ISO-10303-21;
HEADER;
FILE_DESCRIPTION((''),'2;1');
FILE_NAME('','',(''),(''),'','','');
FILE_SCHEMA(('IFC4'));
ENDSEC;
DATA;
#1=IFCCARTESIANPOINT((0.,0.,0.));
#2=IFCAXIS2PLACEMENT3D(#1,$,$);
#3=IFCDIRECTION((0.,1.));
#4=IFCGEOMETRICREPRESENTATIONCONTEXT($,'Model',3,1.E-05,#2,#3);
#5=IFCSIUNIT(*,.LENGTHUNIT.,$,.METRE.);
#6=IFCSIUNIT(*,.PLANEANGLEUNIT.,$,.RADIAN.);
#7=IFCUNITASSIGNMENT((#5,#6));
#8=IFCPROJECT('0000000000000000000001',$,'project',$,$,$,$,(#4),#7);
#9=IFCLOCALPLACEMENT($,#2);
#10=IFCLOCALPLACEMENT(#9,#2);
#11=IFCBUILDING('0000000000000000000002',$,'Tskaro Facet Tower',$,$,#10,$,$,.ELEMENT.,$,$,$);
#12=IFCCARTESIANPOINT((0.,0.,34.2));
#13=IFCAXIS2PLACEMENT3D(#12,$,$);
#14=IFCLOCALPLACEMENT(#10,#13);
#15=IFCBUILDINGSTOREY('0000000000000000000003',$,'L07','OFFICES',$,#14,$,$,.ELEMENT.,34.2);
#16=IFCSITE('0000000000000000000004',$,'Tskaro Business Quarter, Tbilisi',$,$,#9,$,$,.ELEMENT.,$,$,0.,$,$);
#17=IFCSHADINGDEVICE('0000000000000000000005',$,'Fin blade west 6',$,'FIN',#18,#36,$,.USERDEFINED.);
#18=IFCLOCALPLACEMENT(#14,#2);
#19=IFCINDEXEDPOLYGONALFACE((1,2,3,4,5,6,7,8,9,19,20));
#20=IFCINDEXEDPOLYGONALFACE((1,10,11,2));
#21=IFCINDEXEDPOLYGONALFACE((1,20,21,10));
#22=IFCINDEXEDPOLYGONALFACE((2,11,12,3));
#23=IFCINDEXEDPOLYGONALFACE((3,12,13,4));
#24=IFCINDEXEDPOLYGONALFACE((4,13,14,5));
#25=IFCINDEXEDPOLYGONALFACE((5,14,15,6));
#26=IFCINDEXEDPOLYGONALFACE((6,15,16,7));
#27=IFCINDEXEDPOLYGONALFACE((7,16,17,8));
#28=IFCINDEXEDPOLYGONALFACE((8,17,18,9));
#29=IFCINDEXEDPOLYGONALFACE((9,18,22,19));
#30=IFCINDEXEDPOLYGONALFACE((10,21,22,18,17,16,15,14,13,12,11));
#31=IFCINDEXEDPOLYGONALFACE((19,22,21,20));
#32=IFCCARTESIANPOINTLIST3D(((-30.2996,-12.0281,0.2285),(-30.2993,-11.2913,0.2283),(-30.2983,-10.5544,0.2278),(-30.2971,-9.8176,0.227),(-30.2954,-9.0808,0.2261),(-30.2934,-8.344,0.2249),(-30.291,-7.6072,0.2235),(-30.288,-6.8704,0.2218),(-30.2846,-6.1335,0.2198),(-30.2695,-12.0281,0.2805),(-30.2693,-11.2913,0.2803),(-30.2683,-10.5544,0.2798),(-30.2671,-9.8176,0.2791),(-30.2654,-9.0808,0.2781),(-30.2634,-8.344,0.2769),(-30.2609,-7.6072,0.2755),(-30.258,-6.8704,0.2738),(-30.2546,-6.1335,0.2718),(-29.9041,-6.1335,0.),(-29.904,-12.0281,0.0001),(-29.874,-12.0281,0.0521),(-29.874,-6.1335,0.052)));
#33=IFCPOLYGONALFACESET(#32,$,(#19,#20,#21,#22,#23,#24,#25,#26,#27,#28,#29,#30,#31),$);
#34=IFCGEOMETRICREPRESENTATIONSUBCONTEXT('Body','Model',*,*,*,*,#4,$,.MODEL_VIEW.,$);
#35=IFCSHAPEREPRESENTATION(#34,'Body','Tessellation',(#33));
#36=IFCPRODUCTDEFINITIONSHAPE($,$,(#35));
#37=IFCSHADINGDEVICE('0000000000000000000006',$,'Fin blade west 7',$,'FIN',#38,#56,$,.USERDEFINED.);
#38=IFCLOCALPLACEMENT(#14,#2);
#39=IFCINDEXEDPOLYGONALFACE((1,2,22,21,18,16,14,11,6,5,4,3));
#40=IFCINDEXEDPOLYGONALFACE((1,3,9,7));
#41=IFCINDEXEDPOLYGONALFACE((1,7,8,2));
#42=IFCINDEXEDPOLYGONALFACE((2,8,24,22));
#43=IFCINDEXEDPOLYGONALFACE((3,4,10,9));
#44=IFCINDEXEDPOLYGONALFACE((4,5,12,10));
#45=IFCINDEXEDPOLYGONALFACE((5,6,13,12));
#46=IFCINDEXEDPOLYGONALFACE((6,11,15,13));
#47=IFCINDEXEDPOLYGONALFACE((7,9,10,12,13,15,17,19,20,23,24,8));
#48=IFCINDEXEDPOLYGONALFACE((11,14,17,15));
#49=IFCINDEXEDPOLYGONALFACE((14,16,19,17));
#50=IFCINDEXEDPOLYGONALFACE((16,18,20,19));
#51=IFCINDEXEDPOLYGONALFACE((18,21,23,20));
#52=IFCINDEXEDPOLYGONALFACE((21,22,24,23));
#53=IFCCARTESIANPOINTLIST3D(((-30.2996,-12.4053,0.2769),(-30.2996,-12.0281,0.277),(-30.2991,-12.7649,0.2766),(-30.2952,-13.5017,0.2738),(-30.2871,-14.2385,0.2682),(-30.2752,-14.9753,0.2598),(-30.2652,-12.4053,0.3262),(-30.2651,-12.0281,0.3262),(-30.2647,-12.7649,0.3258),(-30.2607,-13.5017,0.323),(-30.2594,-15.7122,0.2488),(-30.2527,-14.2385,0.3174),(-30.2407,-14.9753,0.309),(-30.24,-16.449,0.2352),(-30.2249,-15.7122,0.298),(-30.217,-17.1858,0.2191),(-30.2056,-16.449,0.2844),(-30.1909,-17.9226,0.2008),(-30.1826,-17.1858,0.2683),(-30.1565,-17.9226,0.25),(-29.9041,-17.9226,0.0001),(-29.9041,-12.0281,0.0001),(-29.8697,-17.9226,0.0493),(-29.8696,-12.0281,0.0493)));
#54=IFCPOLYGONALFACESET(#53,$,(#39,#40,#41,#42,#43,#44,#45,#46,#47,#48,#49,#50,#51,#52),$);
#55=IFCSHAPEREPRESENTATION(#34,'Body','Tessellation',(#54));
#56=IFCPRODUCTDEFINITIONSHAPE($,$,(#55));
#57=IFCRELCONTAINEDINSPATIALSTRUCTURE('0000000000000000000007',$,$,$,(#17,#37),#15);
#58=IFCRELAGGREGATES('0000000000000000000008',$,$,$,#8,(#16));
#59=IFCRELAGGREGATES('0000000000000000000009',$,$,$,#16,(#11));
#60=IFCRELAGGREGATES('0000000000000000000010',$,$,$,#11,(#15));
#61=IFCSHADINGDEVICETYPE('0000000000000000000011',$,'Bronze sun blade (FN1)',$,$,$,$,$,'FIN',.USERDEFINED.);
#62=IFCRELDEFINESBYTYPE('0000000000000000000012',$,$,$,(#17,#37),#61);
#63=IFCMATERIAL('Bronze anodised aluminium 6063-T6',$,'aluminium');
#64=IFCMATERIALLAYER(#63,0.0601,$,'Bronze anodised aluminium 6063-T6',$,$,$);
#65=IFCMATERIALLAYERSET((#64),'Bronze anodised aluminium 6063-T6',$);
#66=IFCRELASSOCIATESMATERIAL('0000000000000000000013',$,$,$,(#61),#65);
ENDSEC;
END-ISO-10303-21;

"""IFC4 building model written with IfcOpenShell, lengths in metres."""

from ifc_helpers import new_model, si_unit, direction, frame, origin, place, context, subcontext, project, spatial, polyline, outline, extrude, material, layer, layer_set, type_object, element, save


model = new_model("IFC4")

# Units and contexts
model_context = context("Model", 3, precision=1e-05, world=origin(), true_north=direction((0.0, 1.0)))
body_context = subcontext(model_context, "Body", "Model", "MODEL_VIEW")
ifc_project = project(units=[si_unit("LENGTHUNIT", "METRE"), si_unit("PLANEANGLEUNIT", "RADIAN")], contexts=[model_context])

# Site, building, storey
site_placement = place(None, origin())
site = spatial("IfcSite", under=ifc_project, at=site_placement, Name="Tskaro Business Quarter, Tbilisi", CompositionType="ELEMENT", RefElevation=0.0)
building_placement = place(site_placement, origin())
building = spatial("IfcBuilding", under=site, at=building_placement, Name="Tskaro Facet Tower", CompositionType="ELEMENT")
storey_placement = place(building_placement, frame((0.0, 0.0, 34.2)))
storey = spatial("IfcBuildingStorey", under=building, at=storey_placement, Name="L07", Description="OFFICES", CompositionType="ELEMENT", Elevation=34.2)

# Shared definitions
ifc_material_1 = material(Name="Bronze anodised aluminium 6063-T6", Category="aluminium")

# Shading devices
ifc_layer_1 = layer(ifc_material_1, 0.0601, Name="Bronze anodised aluminium 6063-T6")
ifc_layer_set_1 = layer_set([ifc_layer_1], Name="Bronze anodised aluminium 6063-T6")
shading_device_type = type_object("IfcShadingDeviceType", Name="Bronze sun blade (FN1)", ElementType="FIN", PredefinedType="USERDEFINED", material=ifc_layer_set_1)
shading_device_1_placement = place(storey_placement, frame((-29.874, -6.1335, 0.052), z_axis=(0.5001, 0.000014, 0.865967), x_axis=(0.000007, -1.0, 0.000012)))
element("IfcShadingDevice", 1, at=shading_device_1_placement, inside=storey, type_object=shading_device_type, Name="Fin blade west 6", ObjectType="FIN", PredefinedType="USERDEFINED", context=body_context, shape_type="SweptSolid", body=[
    extrude(outline(polyline([(0.0, 0.0), (5.8945, 0.0), (5.8945, -0.4568), (5.1577, -0.4564), (4.4209, -0.4554), (3.6841, -0.4539), (2.9473, -0.452), (2.2104, -0.4497), (1.4736, -0.4468), (0.7368, -0.4434), (0.0, -0.4395), (0.0, 0.0)])), origin(), (0.0, 0.0, -1.0), 0.0601),
])
shading_device_2_placement = place(storey_placement, frame((-29.8696, -12.0281, 0.0493), z_axis=(0.573427, -0.000008, 0.819256), x_axis=(-0.000005, -1.0, -0.000007)))
element("IfcShadingDevice", 2, at=shading_device_2_placement, inside=storey, type_object=shading_device_type, Name="Fin blade west 7", ObjectType="FIN", PredefinedType="USERDEFINED", context=body_context, shape_type="SweptSolid", body=[
    extrude(outline(polyline([(0.0, 0.0), (5.8945, 0.0), (5.8945, -0.3501), (5.1577, -0.382), (4.4209, -0.41), (3.6841, -0.4337), (2.9473, -0.453), (2.2104, -0.4675), (1.4736, -0.4774), (0.7368, -0.4822), (0.3772, -0.4828), (0.0, -0.4828), (0.0, 0.0)])), origin(), (0.0, 0.0, -1.0), 0.0601),
])

save(model, "model.ifc")
